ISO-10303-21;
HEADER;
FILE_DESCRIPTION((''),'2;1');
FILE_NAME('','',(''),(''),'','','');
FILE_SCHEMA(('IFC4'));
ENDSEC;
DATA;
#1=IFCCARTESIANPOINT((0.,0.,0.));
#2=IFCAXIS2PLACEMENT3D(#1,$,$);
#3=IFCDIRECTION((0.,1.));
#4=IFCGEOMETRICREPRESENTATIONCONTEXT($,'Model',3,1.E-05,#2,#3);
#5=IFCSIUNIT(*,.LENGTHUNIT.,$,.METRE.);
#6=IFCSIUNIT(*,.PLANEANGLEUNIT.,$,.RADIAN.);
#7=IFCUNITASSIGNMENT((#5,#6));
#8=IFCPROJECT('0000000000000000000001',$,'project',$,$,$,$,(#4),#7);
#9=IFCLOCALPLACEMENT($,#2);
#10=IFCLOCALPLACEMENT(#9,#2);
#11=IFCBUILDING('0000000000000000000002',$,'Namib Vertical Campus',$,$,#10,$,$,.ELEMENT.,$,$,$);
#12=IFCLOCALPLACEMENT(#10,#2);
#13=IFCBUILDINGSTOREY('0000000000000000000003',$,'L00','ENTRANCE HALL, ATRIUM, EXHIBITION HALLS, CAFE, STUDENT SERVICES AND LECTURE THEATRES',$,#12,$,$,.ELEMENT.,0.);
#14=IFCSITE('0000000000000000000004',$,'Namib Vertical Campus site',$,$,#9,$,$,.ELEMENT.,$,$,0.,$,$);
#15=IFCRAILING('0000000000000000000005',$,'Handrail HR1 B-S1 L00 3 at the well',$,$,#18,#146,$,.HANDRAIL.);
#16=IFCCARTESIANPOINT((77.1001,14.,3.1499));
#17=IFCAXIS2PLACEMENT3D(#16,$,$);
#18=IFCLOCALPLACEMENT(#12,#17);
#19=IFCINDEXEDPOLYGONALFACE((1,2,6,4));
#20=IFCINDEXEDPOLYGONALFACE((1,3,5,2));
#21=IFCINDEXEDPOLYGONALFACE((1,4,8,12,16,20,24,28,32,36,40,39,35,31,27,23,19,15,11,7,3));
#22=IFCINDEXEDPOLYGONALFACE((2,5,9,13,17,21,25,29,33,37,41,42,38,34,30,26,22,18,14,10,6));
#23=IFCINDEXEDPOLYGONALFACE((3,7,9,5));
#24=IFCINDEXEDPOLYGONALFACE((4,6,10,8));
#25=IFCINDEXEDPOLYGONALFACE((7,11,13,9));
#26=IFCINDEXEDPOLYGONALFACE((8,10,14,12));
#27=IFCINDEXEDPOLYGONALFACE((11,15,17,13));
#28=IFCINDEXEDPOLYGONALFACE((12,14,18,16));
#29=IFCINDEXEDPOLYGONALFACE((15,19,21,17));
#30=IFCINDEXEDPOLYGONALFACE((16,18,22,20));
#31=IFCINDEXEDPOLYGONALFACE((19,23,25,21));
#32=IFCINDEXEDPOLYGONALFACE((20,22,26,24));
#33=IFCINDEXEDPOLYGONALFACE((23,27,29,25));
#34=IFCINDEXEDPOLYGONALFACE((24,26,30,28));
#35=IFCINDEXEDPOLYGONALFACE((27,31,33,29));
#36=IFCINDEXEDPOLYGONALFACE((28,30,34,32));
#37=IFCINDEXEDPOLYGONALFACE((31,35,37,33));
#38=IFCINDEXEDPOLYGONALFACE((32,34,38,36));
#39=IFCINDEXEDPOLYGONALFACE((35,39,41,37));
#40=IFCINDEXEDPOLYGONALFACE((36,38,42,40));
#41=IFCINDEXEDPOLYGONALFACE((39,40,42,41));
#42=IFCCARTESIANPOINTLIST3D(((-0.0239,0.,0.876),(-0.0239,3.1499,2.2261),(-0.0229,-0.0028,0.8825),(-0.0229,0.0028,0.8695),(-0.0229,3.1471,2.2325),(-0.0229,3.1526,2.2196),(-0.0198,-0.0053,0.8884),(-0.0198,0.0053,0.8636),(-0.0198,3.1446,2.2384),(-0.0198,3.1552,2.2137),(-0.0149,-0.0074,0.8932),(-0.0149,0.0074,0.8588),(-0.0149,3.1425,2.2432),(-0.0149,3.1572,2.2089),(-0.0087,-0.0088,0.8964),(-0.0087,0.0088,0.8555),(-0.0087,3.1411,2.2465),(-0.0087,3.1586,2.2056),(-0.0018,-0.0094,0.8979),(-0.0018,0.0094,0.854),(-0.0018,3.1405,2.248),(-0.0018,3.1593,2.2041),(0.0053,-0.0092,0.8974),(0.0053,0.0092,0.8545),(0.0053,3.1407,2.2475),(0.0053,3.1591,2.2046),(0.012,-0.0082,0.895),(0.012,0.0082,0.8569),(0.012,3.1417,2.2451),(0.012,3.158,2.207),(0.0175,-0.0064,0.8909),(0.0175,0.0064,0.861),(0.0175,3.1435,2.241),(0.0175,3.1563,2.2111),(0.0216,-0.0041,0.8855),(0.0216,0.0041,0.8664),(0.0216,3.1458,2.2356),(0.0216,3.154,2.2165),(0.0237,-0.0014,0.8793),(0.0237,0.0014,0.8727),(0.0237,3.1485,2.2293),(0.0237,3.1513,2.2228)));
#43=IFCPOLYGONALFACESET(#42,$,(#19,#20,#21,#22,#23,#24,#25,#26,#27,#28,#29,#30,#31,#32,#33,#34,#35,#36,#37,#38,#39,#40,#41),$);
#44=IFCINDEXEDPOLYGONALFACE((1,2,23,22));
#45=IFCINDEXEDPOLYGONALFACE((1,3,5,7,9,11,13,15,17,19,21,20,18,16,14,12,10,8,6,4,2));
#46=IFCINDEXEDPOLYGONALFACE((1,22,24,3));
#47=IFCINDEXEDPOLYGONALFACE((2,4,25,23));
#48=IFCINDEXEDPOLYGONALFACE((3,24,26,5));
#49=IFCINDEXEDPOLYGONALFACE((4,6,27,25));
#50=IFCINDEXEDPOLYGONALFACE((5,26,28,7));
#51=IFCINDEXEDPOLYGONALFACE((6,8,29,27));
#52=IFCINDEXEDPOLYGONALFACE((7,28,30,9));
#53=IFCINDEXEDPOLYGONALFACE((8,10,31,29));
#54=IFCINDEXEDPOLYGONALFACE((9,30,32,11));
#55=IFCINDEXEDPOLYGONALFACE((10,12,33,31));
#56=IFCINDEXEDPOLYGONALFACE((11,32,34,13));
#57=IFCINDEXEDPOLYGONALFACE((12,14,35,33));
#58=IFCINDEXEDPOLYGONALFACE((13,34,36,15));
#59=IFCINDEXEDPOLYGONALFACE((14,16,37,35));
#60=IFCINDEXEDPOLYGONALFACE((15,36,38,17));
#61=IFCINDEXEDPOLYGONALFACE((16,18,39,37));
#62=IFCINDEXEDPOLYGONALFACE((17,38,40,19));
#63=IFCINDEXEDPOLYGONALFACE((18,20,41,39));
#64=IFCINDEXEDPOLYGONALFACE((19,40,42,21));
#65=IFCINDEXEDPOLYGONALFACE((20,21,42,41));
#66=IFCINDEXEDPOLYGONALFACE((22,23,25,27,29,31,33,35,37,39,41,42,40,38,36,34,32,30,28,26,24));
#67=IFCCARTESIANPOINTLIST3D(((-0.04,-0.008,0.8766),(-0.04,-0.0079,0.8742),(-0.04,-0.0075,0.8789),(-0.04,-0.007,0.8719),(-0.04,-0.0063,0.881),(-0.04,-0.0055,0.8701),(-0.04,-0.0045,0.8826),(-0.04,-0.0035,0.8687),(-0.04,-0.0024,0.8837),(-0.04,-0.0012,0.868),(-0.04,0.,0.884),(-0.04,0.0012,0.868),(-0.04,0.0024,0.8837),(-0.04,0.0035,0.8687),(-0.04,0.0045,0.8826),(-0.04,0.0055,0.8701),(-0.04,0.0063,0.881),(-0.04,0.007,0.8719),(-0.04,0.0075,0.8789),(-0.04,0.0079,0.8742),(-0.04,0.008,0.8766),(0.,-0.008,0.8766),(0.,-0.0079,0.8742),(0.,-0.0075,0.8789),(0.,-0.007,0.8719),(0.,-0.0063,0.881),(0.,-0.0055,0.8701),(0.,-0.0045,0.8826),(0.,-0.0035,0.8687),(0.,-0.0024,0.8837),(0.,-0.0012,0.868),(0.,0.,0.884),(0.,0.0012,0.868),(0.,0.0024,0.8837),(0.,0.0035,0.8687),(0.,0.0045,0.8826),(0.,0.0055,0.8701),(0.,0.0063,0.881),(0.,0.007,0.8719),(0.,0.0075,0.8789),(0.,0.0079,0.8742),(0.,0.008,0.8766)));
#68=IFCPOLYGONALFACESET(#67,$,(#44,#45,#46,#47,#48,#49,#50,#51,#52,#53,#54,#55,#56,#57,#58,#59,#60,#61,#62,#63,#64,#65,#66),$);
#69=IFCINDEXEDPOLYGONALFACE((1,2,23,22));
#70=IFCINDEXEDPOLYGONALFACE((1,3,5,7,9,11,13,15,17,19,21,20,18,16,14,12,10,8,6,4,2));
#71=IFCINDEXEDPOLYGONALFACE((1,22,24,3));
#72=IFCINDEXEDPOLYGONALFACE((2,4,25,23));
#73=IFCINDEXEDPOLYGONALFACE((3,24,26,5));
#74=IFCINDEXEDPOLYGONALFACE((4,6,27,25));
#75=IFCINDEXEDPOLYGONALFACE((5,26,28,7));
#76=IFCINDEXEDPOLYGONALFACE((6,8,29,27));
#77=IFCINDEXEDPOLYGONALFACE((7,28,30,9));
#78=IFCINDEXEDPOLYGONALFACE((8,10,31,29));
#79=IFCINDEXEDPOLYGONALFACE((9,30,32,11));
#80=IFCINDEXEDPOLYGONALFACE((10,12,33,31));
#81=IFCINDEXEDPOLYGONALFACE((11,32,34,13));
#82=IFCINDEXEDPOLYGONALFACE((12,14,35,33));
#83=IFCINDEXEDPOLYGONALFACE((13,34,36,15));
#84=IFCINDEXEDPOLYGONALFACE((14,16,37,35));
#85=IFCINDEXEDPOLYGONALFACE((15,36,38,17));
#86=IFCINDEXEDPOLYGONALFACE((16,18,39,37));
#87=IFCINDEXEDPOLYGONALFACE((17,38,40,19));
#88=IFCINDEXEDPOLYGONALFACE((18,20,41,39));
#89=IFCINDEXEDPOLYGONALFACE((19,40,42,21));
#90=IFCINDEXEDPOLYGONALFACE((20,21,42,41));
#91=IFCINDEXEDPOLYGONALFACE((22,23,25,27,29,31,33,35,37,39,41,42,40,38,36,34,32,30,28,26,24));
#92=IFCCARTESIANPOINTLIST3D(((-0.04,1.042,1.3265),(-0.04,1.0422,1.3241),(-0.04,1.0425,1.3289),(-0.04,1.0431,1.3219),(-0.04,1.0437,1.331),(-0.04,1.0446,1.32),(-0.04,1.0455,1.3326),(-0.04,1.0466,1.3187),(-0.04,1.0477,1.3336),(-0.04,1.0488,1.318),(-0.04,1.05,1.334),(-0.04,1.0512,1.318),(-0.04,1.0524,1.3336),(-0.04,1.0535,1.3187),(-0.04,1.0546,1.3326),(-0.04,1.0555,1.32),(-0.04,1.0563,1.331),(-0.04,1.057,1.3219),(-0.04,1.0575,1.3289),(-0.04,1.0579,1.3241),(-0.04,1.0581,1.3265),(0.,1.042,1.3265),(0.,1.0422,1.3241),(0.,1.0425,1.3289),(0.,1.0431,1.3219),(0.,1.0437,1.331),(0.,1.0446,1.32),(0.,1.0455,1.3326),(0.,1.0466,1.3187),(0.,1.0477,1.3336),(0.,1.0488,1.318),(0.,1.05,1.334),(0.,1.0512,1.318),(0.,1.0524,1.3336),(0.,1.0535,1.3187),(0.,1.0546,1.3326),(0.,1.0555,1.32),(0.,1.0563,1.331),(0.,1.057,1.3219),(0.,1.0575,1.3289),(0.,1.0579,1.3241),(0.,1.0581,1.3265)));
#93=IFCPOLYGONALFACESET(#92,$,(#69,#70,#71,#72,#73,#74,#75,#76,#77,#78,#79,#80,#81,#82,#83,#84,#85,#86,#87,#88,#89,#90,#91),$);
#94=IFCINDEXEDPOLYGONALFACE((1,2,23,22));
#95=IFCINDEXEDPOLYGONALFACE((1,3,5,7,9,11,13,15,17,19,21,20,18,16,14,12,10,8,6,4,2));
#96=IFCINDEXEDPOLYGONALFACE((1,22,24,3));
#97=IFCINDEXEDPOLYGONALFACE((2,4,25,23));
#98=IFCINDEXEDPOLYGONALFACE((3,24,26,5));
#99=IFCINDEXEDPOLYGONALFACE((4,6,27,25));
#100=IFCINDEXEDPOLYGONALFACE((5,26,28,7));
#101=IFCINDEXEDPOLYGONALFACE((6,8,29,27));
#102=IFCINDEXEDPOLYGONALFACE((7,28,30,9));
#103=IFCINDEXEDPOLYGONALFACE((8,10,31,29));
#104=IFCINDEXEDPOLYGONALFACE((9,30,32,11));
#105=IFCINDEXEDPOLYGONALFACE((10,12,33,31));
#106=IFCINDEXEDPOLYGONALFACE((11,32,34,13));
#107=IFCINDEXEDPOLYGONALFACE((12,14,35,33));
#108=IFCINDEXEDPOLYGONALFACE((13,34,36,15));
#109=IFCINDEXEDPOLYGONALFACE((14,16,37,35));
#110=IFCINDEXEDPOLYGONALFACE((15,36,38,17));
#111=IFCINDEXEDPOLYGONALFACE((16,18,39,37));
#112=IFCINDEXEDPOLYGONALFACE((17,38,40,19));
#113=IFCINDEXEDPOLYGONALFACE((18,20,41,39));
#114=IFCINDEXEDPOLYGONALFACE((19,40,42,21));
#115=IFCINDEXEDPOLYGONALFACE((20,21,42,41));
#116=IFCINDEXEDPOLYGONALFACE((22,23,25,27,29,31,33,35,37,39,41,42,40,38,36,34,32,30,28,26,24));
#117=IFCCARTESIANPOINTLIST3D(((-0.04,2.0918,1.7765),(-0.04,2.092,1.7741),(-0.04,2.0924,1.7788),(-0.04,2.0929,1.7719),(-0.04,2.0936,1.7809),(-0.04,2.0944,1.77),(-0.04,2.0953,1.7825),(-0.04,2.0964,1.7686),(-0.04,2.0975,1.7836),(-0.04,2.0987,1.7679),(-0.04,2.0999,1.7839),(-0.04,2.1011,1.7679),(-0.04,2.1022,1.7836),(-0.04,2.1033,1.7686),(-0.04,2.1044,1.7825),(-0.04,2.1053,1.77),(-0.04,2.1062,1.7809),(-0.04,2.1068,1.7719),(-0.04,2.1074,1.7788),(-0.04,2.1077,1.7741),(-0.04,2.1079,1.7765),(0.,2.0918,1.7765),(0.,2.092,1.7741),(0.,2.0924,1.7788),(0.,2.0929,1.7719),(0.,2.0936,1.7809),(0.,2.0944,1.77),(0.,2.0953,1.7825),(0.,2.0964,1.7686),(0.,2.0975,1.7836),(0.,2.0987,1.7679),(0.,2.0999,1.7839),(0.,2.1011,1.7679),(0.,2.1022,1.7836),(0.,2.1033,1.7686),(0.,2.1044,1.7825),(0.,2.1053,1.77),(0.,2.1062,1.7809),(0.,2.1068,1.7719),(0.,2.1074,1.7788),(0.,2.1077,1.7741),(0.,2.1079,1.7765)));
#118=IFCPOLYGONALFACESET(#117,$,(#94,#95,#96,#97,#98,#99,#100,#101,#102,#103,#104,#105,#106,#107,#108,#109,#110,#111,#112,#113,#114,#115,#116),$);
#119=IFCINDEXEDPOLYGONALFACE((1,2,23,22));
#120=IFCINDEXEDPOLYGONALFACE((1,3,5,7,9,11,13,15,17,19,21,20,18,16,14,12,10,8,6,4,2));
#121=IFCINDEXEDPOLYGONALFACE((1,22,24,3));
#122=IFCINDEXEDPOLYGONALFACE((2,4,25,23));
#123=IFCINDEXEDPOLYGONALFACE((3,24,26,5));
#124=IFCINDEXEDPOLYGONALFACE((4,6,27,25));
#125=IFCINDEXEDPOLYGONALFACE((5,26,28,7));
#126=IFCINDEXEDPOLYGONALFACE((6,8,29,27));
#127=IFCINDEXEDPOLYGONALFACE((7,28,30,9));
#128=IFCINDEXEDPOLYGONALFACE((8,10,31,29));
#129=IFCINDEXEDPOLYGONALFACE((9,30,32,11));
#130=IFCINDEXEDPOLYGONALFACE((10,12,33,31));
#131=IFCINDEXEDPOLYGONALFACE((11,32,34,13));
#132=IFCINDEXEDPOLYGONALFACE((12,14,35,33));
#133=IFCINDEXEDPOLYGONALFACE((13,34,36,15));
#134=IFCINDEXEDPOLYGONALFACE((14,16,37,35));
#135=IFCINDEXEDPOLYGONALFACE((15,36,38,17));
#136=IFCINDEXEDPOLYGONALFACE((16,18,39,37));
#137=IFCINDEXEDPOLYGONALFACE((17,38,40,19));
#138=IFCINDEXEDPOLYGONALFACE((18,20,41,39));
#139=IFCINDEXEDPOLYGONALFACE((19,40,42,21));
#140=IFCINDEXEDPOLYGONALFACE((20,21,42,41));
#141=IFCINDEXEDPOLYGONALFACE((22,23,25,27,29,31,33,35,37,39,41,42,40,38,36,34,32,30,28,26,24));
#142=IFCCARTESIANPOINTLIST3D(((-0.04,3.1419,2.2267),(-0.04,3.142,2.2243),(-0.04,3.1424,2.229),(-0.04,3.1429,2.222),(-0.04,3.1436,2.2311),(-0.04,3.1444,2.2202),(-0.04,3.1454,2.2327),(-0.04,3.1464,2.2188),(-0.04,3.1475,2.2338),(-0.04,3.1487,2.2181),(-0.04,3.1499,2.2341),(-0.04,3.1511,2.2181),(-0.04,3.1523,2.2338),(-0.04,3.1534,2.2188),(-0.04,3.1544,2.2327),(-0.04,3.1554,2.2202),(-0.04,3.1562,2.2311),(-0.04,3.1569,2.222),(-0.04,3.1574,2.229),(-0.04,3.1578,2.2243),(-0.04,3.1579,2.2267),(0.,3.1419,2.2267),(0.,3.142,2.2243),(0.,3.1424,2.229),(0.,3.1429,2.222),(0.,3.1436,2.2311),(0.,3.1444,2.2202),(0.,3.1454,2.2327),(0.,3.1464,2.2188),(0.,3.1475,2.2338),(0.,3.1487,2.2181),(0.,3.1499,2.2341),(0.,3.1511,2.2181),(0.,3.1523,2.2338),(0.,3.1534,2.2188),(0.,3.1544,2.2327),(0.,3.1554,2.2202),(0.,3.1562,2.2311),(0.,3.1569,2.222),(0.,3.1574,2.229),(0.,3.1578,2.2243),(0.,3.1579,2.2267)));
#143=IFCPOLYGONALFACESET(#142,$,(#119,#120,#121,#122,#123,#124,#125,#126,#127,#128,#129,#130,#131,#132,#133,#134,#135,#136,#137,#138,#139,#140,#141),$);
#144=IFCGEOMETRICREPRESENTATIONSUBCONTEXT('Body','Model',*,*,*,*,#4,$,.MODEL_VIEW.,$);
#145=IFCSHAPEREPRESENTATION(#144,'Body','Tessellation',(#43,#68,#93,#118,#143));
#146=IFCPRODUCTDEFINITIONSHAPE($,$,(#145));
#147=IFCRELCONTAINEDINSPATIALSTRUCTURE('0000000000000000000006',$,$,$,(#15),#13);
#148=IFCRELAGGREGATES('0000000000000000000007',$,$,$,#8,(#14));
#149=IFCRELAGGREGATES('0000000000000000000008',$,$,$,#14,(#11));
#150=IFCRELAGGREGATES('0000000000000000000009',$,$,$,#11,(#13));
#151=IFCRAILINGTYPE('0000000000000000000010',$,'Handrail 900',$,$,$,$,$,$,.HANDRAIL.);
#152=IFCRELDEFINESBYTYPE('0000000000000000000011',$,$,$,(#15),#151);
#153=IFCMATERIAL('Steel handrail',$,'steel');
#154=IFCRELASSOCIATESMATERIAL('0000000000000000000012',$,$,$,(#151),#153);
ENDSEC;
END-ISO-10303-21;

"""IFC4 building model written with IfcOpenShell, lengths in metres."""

from ifc_helpers import new_model, si_unit, direction, frame, origin, origin_2d, place, context, subcontext, project, spatial, circle, extrude, material, type_object, element, save


model = new_model("IFC4")

# Units and contexts
model_context = context("Model", 3, precision=1e-05, world=origin(), true_north=direction((0.0, 1.0)))
body_context = subcontext(model_context, "Body", "Model", "MODEL_VIEW")
ifc_project = project(units=[si_unit("LENGTHUNIT", "METRE"), si_unit("PLANEANGLEUNIT", "RADIAN")], contexts=[model_context])

# Site, building, storey
site_placement = place(None, origin())
site = spatial("IfcSite", under=ifc_project, at=site_placement, Name="Namib Vertical Campus site", CompositionType="ELEMENT", RefElevation=0.0)
building_placement = place(site_placement, origin())
building = spatial("IfcBuilding", under=site, at=building_placement, Name="Namib Vertical Campus", CompositionType="ELEMENT")
storey_placement = place(building_placement, origin())
storey = spatial("IfcBuildingStorey", under=building, at=storey_placement, Name="L00", Description="ENTRANCE HALL, ATRIUM, EXHIBITION HALLS, CAFE, STUDENT SERVICES AND LECTURE THEATRES", CompositionType="ELEMENT", Elevation=0.0)

# Railing
ifc_material_1 = material(Name="Steel handrail", Category="steel")
railing_type_1 = type_object("IfcRailingType", Name="Handrail 900", PredefinedType="HANDRAIL", material=ifc_material_1)
railing_1_placement = place(storey_placement, frame((77.1001, 14.0, 3.1499)))
element("IfcRailing", 1, at=railing_1_placement, inside=storey, type_object=railing_type_1, Name="Handrail HR1 B-S1 L00 3 at the well", PredefinedType="HANDRAIL", context=body_context, shape_type="SweptSolid", body=[
    extrude(circle(Radius=0.0239, at=origin_2d()), frame((0.0, 0.0, 0.876), z_axis=(0.0, 0.91913, 0.393954), x_axis=(-1.0, 0.0, 0.0)), (0.0, 0.0, 1.0), 3.427),
    extrude(circle(Radius=0.0081, at=origin_2d()), frame((0.0, 0.0, 0.876), z_axis=(-1.0, 0.0, 0.0), x_axis=(0.0, 0.0, 1.0)), (0.0, 0.0, 1.0), 0.04),
    extrude(circle(Radius=0.0081, at=origin_2d()), frame((0.0, 1.05, 1.3259), z_axis=(-1.0, 0.0, 0.0), x_axis=(0.0, 0.0, 1.0)), (0.0, 0.0, 1.0), 0.04),
    extrude(circle(Radius=0.0081, at=origin_2d()), frame((0.0, 2.0999, 1.7759), z_axis=(-1.0, 0.0, 0.0), x_axis=(0.0, 0.0, 1.0)), (0.0, 0.0, 1.0), 0.04),
    extrude(circle(Radius=0.0081, at=origin_2d()), frame((0.0, 3.1499, 2.2261), z_axis=(-1.0, 0.0, 0.0), x_axis=(0.0, 0.0, 1.0)), (0.0, 0.0, 1.0), 0.04),
])

save(model, "model.ifc")
